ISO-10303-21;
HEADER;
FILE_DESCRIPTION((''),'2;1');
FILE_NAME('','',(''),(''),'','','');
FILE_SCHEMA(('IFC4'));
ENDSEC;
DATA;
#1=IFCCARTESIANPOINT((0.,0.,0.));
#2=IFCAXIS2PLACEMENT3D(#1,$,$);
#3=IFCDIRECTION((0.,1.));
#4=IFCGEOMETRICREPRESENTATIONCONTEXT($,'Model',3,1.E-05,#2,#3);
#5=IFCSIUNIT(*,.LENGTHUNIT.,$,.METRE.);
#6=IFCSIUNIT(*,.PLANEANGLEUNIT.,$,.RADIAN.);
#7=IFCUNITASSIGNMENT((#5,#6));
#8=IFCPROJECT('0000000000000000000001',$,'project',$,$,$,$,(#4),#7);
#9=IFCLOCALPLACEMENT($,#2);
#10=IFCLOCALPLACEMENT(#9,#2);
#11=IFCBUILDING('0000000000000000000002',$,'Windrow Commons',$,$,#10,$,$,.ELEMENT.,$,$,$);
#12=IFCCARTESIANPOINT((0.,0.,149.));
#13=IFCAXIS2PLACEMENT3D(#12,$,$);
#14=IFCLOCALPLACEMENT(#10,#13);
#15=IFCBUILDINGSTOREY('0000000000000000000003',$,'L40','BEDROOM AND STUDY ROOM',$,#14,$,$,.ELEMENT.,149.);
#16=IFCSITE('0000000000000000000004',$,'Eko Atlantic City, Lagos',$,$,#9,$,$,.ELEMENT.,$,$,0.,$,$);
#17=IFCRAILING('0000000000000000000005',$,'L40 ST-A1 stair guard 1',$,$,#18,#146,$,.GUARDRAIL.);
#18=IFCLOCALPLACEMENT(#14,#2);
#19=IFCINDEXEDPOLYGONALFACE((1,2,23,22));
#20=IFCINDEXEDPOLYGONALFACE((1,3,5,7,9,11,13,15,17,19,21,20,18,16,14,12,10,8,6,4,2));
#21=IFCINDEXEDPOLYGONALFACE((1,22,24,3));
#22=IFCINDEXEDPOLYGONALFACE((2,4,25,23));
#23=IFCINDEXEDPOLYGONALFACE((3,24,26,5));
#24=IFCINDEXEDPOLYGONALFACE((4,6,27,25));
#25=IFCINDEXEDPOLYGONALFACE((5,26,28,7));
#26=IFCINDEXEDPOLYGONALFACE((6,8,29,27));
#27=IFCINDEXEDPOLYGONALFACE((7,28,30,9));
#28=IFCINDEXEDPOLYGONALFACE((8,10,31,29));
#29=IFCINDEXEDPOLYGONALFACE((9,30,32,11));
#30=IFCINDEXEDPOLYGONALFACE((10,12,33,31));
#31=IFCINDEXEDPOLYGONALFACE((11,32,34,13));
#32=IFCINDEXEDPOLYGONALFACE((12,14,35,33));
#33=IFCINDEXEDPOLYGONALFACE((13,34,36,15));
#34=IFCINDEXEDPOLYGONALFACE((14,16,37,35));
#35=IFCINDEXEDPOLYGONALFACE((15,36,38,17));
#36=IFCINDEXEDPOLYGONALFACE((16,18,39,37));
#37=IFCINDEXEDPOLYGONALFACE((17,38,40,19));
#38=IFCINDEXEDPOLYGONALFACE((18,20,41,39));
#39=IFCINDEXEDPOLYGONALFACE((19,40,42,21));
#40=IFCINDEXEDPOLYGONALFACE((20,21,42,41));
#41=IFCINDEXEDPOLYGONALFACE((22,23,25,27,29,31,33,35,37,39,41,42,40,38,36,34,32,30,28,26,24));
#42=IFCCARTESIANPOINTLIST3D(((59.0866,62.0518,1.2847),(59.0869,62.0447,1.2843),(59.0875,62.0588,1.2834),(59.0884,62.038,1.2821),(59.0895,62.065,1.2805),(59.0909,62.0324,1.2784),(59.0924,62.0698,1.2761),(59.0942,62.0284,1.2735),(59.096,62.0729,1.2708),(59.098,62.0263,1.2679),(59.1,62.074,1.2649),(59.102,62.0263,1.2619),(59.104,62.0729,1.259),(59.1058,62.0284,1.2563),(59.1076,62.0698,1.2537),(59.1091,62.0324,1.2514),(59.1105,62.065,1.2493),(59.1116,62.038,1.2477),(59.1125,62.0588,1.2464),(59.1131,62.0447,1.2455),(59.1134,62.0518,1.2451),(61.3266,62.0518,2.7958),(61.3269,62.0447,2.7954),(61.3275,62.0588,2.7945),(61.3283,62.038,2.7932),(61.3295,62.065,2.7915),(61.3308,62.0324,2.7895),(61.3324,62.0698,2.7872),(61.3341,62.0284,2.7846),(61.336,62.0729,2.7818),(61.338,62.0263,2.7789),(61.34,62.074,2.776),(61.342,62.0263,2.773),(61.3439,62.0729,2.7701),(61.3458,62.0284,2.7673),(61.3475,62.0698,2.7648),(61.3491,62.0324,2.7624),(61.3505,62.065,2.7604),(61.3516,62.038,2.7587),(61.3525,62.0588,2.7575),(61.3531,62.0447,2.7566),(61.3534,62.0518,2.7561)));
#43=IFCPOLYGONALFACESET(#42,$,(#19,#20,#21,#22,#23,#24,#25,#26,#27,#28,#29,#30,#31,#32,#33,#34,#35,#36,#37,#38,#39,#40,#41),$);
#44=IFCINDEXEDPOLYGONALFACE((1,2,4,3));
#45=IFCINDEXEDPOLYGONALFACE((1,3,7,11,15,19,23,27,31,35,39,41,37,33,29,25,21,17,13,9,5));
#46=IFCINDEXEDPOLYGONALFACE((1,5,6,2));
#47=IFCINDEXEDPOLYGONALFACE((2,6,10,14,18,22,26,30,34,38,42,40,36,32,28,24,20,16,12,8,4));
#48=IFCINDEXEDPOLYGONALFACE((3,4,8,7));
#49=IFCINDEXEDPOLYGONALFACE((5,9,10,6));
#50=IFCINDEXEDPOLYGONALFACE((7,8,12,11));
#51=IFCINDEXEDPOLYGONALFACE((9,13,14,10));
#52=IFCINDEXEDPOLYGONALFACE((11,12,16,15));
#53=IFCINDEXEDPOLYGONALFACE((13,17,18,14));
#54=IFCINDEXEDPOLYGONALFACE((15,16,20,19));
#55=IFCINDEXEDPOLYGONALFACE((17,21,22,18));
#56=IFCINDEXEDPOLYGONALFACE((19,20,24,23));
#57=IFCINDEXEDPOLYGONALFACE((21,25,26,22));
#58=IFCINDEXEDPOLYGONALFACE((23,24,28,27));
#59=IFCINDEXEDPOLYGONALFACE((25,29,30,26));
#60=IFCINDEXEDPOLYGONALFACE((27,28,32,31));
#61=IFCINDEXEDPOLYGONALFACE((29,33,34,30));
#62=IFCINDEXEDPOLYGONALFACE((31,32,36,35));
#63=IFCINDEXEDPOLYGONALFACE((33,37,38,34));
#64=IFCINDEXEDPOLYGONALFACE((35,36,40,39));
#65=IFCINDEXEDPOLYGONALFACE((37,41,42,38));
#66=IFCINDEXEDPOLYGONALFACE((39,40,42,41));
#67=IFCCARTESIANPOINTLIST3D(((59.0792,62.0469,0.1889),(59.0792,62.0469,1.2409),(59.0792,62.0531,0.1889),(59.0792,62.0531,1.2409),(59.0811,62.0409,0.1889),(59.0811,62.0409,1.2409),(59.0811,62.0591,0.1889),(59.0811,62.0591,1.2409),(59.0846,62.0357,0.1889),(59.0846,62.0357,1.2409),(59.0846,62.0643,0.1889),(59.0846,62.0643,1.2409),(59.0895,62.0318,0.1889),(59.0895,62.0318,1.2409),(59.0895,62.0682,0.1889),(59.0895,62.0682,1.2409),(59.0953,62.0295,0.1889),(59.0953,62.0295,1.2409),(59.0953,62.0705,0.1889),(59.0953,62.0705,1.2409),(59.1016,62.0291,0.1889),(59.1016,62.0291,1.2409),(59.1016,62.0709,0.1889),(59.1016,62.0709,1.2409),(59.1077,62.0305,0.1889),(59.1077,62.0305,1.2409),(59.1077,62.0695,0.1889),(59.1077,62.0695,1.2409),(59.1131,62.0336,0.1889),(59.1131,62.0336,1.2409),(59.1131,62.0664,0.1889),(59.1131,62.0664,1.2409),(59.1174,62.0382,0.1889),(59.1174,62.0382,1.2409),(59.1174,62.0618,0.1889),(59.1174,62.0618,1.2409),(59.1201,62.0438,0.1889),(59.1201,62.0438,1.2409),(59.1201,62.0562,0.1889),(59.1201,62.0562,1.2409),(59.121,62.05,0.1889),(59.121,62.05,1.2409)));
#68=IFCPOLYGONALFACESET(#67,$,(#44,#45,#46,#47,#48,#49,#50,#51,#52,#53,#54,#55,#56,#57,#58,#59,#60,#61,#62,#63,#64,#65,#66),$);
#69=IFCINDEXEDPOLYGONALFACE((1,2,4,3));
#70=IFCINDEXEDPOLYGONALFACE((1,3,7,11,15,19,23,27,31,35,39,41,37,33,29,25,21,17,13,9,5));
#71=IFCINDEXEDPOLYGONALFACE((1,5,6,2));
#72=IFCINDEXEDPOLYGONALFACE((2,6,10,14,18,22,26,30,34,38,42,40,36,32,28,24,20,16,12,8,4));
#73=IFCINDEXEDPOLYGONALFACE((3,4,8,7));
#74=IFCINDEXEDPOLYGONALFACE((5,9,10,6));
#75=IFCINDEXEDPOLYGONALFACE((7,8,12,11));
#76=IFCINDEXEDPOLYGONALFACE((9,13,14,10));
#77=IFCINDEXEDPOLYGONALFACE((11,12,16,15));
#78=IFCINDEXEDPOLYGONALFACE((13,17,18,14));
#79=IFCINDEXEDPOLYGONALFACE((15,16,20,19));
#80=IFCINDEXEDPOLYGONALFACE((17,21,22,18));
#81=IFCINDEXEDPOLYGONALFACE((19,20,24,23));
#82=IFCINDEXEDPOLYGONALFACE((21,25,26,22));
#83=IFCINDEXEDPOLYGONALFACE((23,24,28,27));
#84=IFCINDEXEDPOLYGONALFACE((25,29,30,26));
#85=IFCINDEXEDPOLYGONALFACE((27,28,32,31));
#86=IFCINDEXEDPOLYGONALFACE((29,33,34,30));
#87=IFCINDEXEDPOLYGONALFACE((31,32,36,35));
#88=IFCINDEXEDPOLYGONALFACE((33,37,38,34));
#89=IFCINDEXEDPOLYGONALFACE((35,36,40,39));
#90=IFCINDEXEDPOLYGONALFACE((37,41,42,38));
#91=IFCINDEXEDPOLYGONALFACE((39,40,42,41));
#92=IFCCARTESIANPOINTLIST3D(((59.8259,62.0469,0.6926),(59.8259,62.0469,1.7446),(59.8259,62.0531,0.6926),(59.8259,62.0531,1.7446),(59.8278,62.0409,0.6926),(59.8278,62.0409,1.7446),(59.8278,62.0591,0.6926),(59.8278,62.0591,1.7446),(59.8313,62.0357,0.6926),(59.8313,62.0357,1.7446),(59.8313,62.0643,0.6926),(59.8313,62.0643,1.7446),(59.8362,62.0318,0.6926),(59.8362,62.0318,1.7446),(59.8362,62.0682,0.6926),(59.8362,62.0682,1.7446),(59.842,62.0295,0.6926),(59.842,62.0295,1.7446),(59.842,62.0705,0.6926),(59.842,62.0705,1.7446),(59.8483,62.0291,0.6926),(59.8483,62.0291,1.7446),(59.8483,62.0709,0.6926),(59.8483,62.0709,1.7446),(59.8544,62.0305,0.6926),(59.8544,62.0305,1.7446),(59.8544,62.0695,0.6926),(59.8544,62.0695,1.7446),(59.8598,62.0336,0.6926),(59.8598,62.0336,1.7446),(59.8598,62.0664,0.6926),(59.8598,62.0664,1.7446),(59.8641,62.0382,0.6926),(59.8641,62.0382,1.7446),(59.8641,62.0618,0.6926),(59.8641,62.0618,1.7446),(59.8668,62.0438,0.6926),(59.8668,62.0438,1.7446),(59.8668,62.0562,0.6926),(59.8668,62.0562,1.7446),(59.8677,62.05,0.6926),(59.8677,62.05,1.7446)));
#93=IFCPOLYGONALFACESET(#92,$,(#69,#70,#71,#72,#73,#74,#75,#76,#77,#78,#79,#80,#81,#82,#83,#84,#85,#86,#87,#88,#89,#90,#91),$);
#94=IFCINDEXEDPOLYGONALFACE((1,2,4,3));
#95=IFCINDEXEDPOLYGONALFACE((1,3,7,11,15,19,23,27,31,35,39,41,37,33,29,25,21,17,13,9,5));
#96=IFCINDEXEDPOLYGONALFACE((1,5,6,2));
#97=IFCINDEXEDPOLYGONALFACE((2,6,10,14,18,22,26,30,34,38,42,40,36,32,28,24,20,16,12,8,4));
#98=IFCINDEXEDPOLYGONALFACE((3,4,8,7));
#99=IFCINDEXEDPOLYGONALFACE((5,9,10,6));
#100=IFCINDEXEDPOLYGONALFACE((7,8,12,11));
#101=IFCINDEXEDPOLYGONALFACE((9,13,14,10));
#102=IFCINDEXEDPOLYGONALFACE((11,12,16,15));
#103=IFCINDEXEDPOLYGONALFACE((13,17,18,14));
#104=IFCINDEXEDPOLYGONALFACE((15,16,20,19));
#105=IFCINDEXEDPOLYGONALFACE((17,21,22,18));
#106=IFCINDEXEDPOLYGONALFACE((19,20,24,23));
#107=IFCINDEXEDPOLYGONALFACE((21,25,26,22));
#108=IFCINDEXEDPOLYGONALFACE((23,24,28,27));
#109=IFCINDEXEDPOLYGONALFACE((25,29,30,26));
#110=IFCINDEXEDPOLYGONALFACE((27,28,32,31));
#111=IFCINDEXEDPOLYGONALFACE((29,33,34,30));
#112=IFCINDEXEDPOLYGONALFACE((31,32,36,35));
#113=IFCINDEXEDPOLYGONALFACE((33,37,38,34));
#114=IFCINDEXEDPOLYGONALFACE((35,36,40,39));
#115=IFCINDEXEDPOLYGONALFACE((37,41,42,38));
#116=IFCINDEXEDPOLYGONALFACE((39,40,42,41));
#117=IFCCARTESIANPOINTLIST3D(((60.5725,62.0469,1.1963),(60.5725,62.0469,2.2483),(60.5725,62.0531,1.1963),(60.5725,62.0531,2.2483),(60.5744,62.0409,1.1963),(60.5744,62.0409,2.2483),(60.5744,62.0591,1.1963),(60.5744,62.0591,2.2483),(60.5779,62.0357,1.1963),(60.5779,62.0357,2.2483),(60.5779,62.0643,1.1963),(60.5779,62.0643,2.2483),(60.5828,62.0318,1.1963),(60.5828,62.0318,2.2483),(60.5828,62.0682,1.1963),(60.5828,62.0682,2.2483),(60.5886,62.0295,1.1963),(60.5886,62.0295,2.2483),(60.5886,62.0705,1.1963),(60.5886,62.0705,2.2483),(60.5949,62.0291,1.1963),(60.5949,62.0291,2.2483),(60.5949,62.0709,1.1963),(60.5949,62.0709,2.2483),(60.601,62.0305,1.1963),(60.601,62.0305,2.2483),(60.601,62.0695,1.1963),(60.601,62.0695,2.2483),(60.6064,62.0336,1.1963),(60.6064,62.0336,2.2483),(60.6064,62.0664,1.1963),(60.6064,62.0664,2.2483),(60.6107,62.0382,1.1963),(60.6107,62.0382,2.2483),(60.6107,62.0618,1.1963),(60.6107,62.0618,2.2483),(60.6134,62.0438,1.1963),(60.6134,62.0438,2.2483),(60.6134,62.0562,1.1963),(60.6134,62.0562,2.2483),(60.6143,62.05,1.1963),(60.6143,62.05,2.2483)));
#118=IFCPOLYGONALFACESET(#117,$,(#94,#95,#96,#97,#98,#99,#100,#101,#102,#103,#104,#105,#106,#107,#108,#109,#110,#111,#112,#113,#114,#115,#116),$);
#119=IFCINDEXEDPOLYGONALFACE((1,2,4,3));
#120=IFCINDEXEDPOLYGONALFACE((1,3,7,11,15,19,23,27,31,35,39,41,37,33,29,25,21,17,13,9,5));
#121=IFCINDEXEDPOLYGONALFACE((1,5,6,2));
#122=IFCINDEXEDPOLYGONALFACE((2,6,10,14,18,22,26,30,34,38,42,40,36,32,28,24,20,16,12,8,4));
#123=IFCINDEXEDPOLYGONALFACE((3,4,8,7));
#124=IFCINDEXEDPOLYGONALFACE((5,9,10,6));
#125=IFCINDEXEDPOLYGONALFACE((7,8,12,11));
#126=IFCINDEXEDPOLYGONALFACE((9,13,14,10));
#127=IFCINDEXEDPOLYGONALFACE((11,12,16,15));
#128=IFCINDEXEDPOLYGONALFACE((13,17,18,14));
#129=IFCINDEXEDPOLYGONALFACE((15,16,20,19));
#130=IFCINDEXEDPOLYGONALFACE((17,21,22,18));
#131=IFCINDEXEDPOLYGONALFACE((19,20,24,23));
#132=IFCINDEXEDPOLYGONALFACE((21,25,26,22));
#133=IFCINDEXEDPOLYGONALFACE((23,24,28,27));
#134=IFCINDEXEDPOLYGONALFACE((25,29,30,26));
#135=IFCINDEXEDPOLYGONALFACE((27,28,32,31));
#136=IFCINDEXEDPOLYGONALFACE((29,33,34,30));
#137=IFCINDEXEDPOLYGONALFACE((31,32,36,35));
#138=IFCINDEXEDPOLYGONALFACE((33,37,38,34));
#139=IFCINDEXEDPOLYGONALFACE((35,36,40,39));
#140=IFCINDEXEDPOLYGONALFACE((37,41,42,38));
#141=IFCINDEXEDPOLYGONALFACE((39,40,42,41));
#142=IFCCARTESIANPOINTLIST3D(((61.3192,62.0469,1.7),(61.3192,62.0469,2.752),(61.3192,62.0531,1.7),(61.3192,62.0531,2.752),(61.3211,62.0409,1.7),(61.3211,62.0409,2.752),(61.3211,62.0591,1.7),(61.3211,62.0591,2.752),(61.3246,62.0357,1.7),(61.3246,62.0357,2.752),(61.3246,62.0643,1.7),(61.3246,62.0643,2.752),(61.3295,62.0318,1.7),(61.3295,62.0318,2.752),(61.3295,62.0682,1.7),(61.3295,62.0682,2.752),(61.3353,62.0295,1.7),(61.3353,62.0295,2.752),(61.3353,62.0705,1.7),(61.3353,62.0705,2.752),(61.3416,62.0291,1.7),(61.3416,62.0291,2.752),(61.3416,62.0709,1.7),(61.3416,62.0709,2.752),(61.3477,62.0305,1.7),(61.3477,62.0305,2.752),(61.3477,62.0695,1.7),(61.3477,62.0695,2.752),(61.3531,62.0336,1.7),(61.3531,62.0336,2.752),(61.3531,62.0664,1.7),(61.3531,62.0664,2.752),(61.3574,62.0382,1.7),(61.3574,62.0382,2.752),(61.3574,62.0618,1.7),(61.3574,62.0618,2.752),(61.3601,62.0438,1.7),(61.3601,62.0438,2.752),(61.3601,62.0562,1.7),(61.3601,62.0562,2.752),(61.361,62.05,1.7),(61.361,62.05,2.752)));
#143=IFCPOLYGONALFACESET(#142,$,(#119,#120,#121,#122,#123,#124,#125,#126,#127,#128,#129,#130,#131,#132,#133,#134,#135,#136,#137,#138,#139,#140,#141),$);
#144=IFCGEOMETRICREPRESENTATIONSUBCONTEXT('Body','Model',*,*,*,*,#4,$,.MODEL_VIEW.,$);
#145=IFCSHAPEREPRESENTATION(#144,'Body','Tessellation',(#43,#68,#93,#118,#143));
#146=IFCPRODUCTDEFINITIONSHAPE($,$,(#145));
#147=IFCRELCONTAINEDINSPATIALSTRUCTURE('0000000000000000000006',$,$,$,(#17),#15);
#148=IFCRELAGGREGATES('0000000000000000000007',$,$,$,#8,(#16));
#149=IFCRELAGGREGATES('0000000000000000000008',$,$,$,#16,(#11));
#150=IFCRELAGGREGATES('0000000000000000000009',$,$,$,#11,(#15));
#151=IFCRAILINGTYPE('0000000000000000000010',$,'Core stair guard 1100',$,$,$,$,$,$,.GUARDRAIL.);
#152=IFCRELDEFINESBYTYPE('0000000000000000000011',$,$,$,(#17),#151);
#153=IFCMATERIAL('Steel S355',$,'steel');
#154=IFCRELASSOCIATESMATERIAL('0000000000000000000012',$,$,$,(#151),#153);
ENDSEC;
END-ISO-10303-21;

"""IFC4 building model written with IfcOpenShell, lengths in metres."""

from ifc_helpers import new_model, si_unit, direction, frame, origin, origin_2d, place, context, subcontext, project, spatial, circle, extrude, material, type_object, element, save


model = new_model("IFC4")

# Units and contexts
model_context = context("Model", 3, precision=1e-05, world=origin(), true_north=direction((0.0, 1.0)))
body_context = subcontext(model_context, "Body", "Model", "MODEL_VIEW")
ifc_project = project(units=[si_unit("LENGTHUNIT", "METRE"), si_unit("PLANEANGLEUNIT", "RADIAN")], contexts=[model_context])

# Site, building, storey
site_placement = place(None, origin())
site = spatial("IfcSite", under=ifc_project, at=site_placement, Name="Eko Atlantic City, Lagos", CompositionType="ELEMENT", RefElevation=0.0)
building_placement = place(site_placement, origin())
building = spatial("IfcBuilding", under=site, at=building_placement, Name="Windrow Commons", CompositionType="ELEMENT")
storey_placement = place(building_placement, frame((0.0, 0.0, 149.0)))
storey = spatial("IfcBuildingStorey", under=building, at=storey_placement, Name="L40", Description="BEDROOM AND STUDY ROOM", CompositionType="ELEMENT", Elevation=149.0)

# Railing
ifc_material_1 = material(Name="Steel S355", Category="steel")
railing_type_1 = type_object("IfcRailingType", Name="Core stair guard 1100", PredefinedType="GUARDRAIL", material=ifc_material_1)
railing_1_placement = place(storey_placement, frame((59.1, 62.05, 0.1889)))
element("IfcRailing", 1, at=railing_1_placement, inside=storey, type_object=railing_type_1, Name="L40 ST-A1 stair guard 1", PredefinedType="GUARDRAIL", context=body_context, shape_type="SweptSolid", body=[
    extrude(circle(Radius=0.024, at=origin_2d()), frame((0.0, 0.0, 1.076), z_axis=(0.829003, 0.0, 0.559244), x_axis=(0.0, 1.0, 0.0)), (0.0, 0.0, 1.0), 2.702),
    extrude(circle(Radius=0.021, at=origin_2d()), origin(), (0.0, 0.0, 1.0), 1.052),
    extrude(circle(Radius=0.021, at=origin_2d()), frame((0.7467, 0.0, 0.5037)), (0.0, 0.0, 1.0), 1.052),
    extrude(circle(Radius=0.021, at=origin_2d()), frame((1.4933, 0.0, 1.0074)), (0.0, 0.0, 1.0), 1.052),
    extrude(circle(Radius=0.021, at=origin_2d()), frame((2.24, 0.0, 1.5111)), (0.0, 0.0, 1.0), 1.052),
])

save(model, "model.ifc")
